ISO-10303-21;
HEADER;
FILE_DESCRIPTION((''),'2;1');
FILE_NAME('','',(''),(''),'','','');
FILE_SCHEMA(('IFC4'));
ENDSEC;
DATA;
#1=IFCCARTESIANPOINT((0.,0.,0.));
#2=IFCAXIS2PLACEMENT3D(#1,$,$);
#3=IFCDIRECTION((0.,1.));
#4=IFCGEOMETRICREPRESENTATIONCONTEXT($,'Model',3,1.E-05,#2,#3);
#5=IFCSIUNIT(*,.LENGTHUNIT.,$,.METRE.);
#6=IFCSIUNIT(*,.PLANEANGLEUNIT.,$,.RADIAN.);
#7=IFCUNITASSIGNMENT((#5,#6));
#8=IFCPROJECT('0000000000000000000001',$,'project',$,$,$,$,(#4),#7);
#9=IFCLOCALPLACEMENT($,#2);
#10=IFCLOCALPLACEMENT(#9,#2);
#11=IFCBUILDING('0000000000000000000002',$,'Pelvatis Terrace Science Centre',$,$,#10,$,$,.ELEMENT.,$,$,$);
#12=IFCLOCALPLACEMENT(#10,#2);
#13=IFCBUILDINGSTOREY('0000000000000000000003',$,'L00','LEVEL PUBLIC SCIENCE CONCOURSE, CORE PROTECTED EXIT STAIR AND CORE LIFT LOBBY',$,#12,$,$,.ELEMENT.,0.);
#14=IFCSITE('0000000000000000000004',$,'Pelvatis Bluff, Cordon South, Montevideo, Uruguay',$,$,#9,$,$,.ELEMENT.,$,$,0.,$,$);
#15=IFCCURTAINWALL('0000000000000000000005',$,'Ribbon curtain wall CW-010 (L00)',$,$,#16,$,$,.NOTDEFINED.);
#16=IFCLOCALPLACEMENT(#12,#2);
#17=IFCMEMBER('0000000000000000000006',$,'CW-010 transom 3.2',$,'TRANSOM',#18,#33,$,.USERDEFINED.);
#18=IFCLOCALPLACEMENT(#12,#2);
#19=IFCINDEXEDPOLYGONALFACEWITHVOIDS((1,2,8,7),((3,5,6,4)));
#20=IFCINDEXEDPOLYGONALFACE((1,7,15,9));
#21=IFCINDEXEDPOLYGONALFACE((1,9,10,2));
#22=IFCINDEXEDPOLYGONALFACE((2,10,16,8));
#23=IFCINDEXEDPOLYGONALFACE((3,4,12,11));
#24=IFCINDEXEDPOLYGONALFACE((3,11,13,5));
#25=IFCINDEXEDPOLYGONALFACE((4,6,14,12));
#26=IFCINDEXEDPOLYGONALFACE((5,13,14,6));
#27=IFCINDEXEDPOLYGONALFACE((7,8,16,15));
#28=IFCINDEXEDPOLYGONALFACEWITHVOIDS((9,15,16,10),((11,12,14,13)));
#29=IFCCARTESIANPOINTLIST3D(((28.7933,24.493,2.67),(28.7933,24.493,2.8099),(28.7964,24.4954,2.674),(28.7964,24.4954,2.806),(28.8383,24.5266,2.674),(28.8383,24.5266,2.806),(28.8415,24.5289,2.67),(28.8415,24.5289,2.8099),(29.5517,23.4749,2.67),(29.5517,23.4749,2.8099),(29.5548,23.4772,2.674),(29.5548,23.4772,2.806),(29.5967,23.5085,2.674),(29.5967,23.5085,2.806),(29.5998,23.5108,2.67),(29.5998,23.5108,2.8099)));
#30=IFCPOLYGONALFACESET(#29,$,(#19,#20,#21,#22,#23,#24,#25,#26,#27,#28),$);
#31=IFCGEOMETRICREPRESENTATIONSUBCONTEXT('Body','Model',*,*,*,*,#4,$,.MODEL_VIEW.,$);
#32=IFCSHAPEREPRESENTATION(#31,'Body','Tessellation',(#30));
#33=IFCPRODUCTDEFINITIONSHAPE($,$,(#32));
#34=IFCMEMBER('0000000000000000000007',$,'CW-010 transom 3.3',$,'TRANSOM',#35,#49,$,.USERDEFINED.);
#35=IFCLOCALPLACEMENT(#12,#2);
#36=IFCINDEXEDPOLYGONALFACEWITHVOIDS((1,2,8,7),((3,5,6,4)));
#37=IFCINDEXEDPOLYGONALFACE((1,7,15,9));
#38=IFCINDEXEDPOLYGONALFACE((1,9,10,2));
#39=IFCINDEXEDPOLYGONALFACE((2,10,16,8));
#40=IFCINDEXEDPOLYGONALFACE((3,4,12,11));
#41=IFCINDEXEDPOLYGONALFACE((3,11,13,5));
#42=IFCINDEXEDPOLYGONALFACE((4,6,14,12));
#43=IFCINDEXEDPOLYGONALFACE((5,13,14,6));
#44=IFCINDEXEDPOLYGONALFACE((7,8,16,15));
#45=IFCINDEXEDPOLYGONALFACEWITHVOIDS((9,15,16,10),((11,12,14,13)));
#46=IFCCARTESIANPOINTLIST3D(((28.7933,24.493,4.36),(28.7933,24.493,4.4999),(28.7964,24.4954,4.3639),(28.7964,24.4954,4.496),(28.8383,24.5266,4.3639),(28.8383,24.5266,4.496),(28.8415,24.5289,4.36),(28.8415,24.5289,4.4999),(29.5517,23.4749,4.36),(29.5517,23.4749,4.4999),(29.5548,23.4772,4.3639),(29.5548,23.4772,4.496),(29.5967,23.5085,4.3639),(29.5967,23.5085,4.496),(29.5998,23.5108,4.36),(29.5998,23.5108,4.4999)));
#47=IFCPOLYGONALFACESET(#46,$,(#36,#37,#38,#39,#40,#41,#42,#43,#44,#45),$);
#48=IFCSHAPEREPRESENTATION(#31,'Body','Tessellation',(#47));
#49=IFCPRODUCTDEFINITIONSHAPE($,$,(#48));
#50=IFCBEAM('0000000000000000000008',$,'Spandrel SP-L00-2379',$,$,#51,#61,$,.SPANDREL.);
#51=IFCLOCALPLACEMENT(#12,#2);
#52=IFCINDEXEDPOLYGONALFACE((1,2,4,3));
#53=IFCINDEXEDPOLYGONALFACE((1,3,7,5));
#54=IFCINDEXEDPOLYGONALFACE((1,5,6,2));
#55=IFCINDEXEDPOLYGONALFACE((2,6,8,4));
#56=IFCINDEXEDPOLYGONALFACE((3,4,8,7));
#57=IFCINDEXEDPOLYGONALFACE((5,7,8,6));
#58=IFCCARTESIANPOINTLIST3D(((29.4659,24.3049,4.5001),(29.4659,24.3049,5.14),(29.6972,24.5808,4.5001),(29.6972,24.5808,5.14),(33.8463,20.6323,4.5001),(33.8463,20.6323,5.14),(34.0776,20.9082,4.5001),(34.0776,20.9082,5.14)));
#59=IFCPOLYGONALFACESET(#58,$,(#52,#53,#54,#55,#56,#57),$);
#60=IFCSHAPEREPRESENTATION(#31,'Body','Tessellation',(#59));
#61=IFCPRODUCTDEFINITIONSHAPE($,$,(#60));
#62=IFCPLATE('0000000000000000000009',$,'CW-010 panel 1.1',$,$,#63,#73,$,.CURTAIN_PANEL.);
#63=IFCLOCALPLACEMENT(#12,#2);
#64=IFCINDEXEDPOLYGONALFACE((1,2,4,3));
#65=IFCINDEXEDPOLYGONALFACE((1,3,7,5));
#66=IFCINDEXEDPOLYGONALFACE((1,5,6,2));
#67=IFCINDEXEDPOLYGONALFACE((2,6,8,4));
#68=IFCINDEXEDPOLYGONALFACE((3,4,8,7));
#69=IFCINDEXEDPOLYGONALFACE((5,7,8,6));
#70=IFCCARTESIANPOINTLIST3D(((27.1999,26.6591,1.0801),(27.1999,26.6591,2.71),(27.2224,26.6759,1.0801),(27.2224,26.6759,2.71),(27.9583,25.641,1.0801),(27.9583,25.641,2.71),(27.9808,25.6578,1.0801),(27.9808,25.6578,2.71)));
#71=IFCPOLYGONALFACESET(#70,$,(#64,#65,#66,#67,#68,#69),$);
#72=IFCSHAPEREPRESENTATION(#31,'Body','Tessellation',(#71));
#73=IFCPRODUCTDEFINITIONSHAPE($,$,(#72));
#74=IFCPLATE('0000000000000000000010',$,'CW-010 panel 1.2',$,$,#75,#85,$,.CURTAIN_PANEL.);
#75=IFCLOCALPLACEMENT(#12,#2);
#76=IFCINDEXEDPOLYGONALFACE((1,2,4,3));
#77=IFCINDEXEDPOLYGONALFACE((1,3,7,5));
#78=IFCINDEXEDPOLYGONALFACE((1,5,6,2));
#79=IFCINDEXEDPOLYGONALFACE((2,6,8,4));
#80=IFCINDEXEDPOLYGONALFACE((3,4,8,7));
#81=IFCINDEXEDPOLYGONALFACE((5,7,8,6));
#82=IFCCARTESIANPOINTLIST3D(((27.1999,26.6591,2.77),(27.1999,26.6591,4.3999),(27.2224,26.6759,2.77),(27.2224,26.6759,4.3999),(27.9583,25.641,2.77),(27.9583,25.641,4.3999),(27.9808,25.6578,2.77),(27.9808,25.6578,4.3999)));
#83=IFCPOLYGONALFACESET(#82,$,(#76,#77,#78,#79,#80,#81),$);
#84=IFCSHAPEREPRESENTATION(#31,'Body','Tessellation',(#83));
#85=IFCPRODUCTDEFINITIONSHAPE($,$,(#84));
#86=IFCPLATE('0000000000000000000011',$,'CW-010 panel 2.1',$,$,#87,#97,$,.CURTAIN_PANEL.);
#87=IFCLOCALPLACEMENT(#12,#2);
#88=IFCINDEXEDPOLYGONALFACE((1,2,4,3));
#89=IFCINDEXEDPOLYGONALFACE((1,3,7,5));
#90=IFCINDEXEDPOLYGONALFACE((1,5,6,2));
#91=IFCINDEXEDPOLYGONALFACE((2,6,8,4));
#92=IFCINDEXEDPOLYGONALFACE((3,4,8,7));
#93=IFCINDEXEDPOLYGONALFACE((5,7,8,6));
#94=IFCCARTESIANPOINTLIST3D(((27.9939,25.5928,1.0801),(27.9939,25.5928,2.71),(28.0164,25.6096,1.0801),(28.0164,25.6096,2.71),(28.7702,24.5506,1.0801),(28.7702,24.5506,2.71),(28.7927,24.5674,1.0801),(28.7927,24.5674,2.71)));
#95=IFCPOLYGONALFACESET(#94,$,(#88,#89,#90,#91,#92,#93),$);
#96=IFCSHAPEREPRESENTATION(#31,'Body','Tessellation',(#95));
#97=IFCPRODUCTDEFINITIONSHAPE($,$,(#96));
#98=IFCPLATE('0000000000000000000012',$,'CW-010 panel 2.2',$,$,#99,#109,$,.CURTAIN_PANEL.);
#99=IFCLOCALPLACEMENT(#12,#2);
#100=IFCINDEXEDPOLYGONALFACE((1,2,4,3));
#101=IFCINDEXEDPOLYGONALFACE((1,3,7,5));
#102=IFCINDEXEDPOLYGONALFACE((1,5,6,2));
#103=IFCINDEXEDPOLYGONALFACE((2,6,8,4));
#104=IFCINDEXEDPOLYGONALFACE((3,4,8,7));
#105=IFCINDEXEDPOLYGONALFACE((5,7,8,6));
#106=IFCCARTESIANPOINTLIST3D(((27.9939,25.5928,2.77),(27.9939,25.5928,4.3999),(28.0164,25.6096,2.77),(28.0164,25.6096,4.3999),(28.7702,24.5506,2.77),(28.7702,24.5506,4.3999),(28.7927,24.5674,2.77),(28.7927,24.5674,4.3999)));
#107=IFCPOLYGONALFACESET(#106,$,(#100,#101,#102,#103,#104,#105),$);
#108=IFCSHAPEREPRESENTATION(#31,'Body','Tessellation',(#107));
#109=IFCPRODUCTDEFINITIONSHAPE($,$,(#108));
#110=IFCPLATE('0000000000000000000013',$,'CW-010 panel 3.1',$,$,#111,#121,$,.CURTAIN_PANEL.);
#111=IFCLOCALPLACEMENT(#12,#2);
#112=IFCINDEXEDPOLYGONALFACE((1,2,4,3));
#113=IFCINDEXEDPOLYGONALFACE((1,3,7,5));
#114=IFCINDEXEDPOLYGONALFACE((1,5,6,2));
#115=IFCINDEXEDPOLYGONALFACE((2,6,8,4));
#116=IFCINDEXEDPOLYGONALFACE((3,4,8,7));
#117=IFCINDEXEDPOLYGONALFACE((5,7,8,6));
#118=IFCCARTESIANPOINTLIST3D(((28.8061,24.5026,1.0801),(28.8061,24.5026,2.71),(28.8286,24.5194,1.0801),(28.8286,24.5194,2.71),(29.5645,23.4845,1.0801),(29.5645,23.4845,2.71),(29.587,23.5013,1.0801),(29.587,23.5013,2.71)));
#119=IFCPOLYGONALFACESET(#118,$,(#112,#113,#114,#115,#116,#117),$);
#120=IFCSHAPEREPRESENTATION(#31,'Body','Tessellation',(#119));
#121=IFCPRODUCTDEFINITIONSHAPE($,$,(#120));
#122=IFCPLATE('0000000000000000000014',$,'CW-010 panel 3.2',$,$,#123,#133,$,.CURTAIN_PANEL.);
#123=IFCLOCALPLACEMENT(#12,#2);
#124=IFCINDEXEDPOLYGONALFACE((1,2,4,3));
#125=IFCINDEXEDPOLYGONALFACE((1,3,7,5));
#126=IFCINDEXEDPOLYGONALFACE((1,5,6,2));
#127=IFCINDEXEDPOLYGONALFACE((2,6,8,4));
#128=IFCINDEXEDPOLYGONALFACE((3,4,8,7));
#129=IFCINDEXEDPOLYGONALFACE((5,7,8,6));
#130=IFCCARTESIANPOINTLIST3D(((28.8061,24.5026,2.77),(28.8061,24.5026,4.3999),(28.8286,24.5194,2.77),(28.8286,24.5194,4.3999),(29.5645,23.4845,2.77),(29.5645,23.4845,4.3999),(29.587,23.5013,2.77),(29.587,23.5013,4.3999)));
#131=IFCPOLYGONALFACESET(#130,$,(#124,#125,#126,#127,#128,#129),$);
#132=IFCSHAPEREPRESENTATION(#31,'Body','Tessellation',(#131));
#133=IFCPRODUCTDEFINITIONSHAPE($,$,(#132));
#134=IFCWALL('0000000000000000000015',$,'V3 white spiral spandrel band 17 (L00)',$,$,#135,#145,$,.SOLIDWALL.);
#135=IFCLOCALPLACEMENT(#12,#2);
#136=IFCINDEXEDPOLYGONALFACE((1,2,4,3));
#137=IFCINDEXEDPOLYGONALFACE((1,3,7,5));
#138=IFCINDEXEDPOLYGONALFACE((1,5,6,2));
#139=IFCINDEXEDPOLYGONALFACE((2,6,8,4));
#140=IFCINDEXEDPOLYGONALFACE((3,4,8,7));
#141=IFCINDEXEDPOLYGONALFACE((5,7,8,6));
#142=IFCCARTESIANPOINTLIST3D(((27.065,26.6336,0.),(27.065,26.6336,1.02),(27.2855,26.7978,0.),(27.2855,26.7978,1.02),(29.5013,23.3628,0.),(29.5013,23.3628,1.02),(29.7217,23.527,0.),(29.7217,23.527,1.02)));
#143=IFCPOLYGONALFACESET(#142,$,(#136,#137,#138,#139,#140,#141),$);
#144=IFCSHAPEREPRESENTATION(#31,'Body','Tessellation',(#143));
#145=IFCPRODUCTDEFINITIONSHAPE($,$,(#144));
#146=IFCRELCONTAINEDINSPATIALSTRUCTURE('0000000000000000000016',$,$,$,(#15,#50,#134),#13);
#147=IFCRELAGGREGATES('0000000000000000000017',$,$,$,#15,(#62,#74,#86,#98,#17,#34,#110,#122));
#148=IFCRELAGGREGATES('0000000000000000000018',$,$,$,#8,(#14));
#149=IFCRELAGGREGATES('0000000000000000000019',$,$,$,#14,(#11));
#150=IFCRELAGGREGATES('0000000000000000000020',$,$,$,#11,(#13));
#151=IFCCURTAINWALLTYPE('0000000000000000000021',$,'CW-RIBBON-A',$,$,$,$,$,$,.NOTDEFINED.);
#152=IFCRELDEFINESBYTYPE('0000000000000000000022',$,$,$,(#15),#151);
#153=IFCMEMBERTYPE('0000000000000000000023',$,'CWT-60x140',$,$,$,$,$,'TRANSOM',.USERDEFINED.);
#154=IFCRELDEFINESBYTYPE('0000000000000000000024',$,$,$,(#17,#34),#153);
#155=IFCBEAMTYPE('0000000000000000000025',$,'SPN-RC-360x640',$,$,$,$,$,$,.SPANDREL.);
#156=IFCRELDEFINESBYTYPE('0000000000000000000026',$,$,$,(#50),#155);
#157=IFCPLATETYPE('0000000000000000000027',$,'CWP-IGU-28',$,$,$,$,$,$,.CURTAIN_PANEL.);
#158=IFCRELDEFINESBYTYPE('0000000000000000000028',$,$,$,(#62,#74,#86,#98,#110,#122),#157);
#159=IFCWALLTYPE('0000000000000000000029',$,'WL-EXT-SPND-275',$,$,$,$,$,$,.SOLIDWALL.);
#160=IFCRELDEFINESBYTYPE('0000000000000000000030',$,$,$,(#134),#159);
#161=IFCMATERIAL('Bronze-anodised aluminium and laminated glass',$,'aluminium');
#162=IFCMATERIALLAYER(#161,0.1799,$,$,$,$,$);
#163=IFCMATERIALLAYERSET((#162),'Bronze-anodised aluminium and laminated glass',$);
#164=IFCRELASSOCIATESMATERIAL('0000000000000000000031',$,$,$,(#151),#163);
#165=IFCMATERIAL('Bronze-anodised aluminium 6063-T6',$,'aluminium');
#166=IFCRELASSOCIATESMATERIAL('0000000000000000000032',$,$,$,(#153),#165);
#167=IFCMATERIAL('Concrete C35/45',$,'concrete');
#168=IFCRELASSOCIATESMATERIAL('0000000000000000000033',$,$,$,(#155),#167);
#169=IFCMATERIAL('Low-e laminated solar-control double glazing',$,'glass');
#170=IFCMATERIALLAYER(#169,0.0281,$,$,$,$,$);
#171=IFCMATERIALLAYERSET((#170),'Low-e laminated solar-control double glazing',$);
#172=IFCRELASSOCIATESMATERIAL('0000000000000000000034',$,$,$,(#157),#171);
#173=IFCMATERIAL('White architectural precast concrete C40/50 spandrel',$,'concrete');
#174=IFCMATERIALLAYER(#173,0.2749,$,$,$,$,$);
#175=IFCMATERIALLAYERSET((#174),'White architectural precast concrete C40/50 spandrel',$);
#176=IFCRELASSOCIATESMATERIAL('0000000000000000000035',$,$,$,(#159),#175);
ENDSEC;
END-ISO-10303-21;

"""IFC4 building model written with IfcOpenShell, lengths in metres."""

from ifc_helpers import new_model, si_unit, direction, frame, frame_2d, origin, origin_2d, place, context, subcontext, project, spatial, rectangle, hollow_rectangle, extrude, material, layer, layer_set, material_profile, profile_set, type_object, element, aggregate, save


model = new_model("IFC4")

# Units and contexts
model_context = context("Model", 3, precision=1e-05, world=origin(), true_north=direction((0.0, 1.0)))
body_context = subcontext(model_context, "Body", "Model", "MODEL_VIEW")
ifc_project = project(units=[si_unit("LENGTHUNIT", "METRE"), si_unit("PLANEANGLEUNIT", "RADIAN")], contexts=[model_context])

# Site, building, storey
site_placement = place(None, origin())
site = spatial("IfcSite", under=ifc_project, at=site_placement, Name="Pelvatis Bluff, Cordon South, Montevideo, Uruguay", CompositionType="ELEMENT", RefElevation=0.0)
building_placement = place(site_placement, origin())
building = spatial("IfcBuilding", under=site, at=building_placement, Name="Pelvatis Terrace Science Centre", CompositionType="ELEMENT")
storey_placement = place(building_placement, origin())
storey = spatial("IfcBuildingStorey", under=building, at=storey_placement, Name="L00", Description="LEVEL PUBLIC SCIENCE CONCOURSE, CORE PROTECTED EXIT STAIR AND CORE LIFT LOBBY", CompositionType="ELEMENT", Elevation=0.0)

# Curtain wall, members
ifc_material_1 = material(Name="Bronze-anodised aluminium and laminated glass", Category="aluminium")
ifc_layer_1 = layer(ifc_material_1, 0.1799)
ifc_layer_set_1 = layer_set([ifc_layer_1], Name="Bronze-anodised aluminium and laminated glass")
curtain_wall_type = type_object("IfcCurtainWallType", Name="CW-RIBBON-A", PredefinedType="NOTDEFINED", material=ifc_layer_set_1)
curtain_wall_placement = place(storey_placement, origin())
curtain_wall = element("IfcCurtainWall", 1, at=curtain_wall_placement, inside=storey, type_object=curtain_wall_type, Name="Ribbon curtain wall CW-010 (L00)", PredefinedType="NOTDEFINED")
ifc_material_2 = material(Name="Bronze-anodised aluminium 6063-T6", Category="aluminium")
ifc_material_profile_1 = material_profile(ifc_material_2, hollow_rectangle(XDim=0.0601, YDim=0.1399, WallThickness=0.0039, at=origin_2d()), Name="ALU-TRN 60x140")
ifc_profile_set_1 = profile_set([ifc_material_profile_1], Name="Bronze-anodised aluminium 6063-T6")
member_type_1 = type_object("IfcMemberType", Name="CWT-60x140", ElementType="TRANSOM", PredefinedType="USERDEFINED", material=ifc_profile_set_1)
member_1_placement = place(storey_placement, frame((28.8174, 24.511, 2.74), z_axis=(0.59735, -0.80198, 0.0), x_axis=(0.80198, 0.59735, 0.0)))
member_1 = element("IfcMember", 2, at=member_1_placement, type_object=member_type_1, Name="CW-010 transom 3.2", ObjectType="TRANSOM", PredefinedType="USERDEFINED", context=body_context, shape_type="SweptSolid", body=[
    extrude(hollow_rectangle(XDim=0.0601, YDim=0.1399, WallThickness=0.0039, at=origin_2d()), origin(), (0.0, 0.0, 1.0), 1.2695),
])
member_2_placement = place(storey_placement, frame((28.8174, 24.511, 4.4299), z_axis=(0.59735, -0.80198, 0.0), x_axis=(0.80198, 0.59735, 0.0)))
member_2 = element("IfcMember", 3, at=member_2_placement, type_object=member_type_1, Name="CW-010 transom 3.3", ObjectType="TRANSOM", PredefinedType="USERDEFINED", context=body_context, shape_type="SweptSolid", body=[
    extrude(hollow_rectangle(XDim=0.0601, YDim=0.1399, WallThickness=0.0039, at=origin_2d()), origin(), (0.0, 0.0, 1.0), 1.2695),
])

# Beam
ifc_material_3 = material(Name="Concrete C35/45", Category="concrete")
ifc_material_profile_2 = material_profile(ifc_material_3, rectangle(XDim=0.3601, YDim=0.6399, at=origin_2d()), Name="RC-SPN 360x640")
ifc_profile_set_2 = profile_set([ifc_material_profile_2], Name="Concrete C35/45")
beam_type = type_object("IfcBeamType", Name="SPN-RC-360x640", PredefinedType="SPANDREL", material=ifc_profile_set_2)
beam_placement = place(storey_placement, frame((29.5815, 24.4429, 4.8201), z_axis=(0.766299, -0.642484, 0.0), x_axis=(0.642484, 0.766299, 0.0)))
element("IfcBeam", 4, at=beam_placement, inside=storey, type_object=beam_type, Name="Spandrel SP-L00-2379", PredefinedType="SPANDREL", context=body_context, shape_type="SweptSolid", body=[
    extrude(rectangle(XDim=0.3601, YDim=0.6399, at=origin_2d()), origin(), (0.0, 0.0, 1.0), 5.7163),
])

# Plates
ifc_material_4 = material(Name="Low-e laminated solar-control double glazing", Category="glass")
ifc_layer_2 = layer(ifc_material_4, 0.0281)
ifc_layer_set_2 = layer_set([ifc_layer_2], Name="Low-e laminated solar-control double glazing")
plate_type = type_object("IfcPlateType", Name="CWP-IGU-28", PredefinedType="CURTAIN_PANEL", material=ifc_layer_set_2)
plate_1_placement = place(storey_placement, frame((27.5903, 26.1584, 1.0801), z_axis=(0.0, 0.0, 1.0), x_axis=(0.597372, -0.801964, 0.0)))
plate_1 = element("IfcPlate", 5, at=plate_1_placement, type_object=plate_type, Name="CW-010 panel 1.1", PredefinedType="CURTAIN_PANEL", context=body_context, shape_type="SweptSolid", body=[
    extrude(rectangle(XDim=1.2695, YDim=0.0281, at=origin_2d()), origin(), (0.0, 0.0, 1.0), 1.6299),
])
plate_2_placement = place(storey_placement, frame((27.5903, 26.1584, 2.77), z_axis=(0.0, 0.0, 1.0), x_axis=(0.597372, -0.801964, 0.0)))
plate_2 = element("IfcPlate", 6, at=plate_2_placement, type_object=plate_type, Name="CW-010 panel 1.2", PredefinedType="CURTAIN_PANEL", context=body_context, shape_type="SweptSolid", body=[
    extrude(rectangle(XDim=1.2695, YDim=0.0281, at=origin_2d()), origin(), (0.0, 0.0, 1.0), 1.6299),
])
plate_3_placement = place(storey_placement, frame((28.3933, 25.0801, 1.0801), z_axis=(0.0, 0.0, 1.0), x_axis=(0.597372, -0.801964, 0.0)))
plate_3 = element("IfcPlate", 7, at=plate_3_placement, type_object=plate_type, Name="CW-010 panel 2.1", PredefinedType="CURTAIN_PANEL", context=body_context, shape_type="SweptSolid", body=[
    extrude(rectangle(XDim=1.2996, YDim=0.0281, at=origin_2d()), origin(), (0.0, 0.0, 1.0), 1.6299),
])
plate_4_placement = place(storey_placement, frame((28.3933, 25.0801, 2.77), z_axis=(0.0, 0.0, 1.0), x_axis=(0.597372, -0.801964, 0.0)))
plate_4 = element("IfcPlate", 8, at=plate_4_placement, type_object=plate_type, Name="CW-010 panel 2.2", PredefinedType="CURTAIN_PANEL", context=body_context, shape_type="SweptSolid", body=[
    extrude(rectangle(XDim=1.2996, YDim=0.0281, at=origin_2d()), origin(), (0.0, 0.0, 1.0), 1.6299),
])
plate_5_placement = place(storey_placement, frame((29.1965, 24.002, 1.0801), z_axis=(0.0, 0.0, 1.0), x_axis=(0.597372, -0.801964, 0.0)))
plate_5 = element("IfcPlate", 9, at=plate_5_placement, type_object=plate_type, Name="CW-010 panel 3.1", PredefinedType="CURTAIN_PANEL", context=body_context, shape_type="SweptSolid", body=[
    extrude(rectangle(XDim=1.2695, YDim=0.0281, at=origin_2d()), origin(), (0.0, 0.0, 1.0), 1.6299),
])
plate_6_placement = place(storey_placement, frame((29.1965, 24.002, 2.77), z_axis=(0.0, 0.0, 1.0), x_axis=(0.597372, -0.801964, 0.0)))
plate_6 = element("IfcPlate", 10, at=plate_6_placement, type_object=plate_type, Name="CW-010 panel 3.2", PredefinedType="CURTAIN_PANEL", context=body_context, shape_type="SweptSolid", body=[
    extrude(rectangle(XDim=1.2695, YDim=0.0281, at=origin_2d()), origin(), (0.0, 0.0, 1.0), 1.6299),
])
aggregate(curtain_wall, [plate_1, plate_2, plate_3, plate_4, member_1, member_2, plate_5, plate_6])

# Wall
ifc_material_5 = material(Name="White architectural precast concrete C40/50 spandrel", Category="concrete")
ifc_layer_3 = layer(ifc_material_5, 0.2749)
ifc_layer_set_3 = layer_set([ifc_layer_3], Name="White architectural precast concrete C40/50 spandrel")
wall_type = type_object("IfcWallType", Name="WL-EXT-SPND-275", PredefinedType="SOLIDWALL", material=ifc_layer_set_3)
wall_placement = place(storey_placement, frame((27.1753, 26.7156, 0.0), z_axis=(0.0, 0.0, 1.0), x_axis=(0.597363, -0.801971, 0.0)))
element("IfcWall", 11, at=wall_placement, inside=storey, type_object=wall_type, Name="V3 white spiral spandrel band 17 (L00)", PredefinedType="SOLIDWALL", context=body_context, shape_type="SweptSolid", body=[
    extrude(rectangle(XDim=4.0784, YDim=0.2749, at=frame_2d((2.0391, 0.0))), origin(), (0.0, 0.0, 1.0), 1.02),
])

save(model, "model.ifc")
